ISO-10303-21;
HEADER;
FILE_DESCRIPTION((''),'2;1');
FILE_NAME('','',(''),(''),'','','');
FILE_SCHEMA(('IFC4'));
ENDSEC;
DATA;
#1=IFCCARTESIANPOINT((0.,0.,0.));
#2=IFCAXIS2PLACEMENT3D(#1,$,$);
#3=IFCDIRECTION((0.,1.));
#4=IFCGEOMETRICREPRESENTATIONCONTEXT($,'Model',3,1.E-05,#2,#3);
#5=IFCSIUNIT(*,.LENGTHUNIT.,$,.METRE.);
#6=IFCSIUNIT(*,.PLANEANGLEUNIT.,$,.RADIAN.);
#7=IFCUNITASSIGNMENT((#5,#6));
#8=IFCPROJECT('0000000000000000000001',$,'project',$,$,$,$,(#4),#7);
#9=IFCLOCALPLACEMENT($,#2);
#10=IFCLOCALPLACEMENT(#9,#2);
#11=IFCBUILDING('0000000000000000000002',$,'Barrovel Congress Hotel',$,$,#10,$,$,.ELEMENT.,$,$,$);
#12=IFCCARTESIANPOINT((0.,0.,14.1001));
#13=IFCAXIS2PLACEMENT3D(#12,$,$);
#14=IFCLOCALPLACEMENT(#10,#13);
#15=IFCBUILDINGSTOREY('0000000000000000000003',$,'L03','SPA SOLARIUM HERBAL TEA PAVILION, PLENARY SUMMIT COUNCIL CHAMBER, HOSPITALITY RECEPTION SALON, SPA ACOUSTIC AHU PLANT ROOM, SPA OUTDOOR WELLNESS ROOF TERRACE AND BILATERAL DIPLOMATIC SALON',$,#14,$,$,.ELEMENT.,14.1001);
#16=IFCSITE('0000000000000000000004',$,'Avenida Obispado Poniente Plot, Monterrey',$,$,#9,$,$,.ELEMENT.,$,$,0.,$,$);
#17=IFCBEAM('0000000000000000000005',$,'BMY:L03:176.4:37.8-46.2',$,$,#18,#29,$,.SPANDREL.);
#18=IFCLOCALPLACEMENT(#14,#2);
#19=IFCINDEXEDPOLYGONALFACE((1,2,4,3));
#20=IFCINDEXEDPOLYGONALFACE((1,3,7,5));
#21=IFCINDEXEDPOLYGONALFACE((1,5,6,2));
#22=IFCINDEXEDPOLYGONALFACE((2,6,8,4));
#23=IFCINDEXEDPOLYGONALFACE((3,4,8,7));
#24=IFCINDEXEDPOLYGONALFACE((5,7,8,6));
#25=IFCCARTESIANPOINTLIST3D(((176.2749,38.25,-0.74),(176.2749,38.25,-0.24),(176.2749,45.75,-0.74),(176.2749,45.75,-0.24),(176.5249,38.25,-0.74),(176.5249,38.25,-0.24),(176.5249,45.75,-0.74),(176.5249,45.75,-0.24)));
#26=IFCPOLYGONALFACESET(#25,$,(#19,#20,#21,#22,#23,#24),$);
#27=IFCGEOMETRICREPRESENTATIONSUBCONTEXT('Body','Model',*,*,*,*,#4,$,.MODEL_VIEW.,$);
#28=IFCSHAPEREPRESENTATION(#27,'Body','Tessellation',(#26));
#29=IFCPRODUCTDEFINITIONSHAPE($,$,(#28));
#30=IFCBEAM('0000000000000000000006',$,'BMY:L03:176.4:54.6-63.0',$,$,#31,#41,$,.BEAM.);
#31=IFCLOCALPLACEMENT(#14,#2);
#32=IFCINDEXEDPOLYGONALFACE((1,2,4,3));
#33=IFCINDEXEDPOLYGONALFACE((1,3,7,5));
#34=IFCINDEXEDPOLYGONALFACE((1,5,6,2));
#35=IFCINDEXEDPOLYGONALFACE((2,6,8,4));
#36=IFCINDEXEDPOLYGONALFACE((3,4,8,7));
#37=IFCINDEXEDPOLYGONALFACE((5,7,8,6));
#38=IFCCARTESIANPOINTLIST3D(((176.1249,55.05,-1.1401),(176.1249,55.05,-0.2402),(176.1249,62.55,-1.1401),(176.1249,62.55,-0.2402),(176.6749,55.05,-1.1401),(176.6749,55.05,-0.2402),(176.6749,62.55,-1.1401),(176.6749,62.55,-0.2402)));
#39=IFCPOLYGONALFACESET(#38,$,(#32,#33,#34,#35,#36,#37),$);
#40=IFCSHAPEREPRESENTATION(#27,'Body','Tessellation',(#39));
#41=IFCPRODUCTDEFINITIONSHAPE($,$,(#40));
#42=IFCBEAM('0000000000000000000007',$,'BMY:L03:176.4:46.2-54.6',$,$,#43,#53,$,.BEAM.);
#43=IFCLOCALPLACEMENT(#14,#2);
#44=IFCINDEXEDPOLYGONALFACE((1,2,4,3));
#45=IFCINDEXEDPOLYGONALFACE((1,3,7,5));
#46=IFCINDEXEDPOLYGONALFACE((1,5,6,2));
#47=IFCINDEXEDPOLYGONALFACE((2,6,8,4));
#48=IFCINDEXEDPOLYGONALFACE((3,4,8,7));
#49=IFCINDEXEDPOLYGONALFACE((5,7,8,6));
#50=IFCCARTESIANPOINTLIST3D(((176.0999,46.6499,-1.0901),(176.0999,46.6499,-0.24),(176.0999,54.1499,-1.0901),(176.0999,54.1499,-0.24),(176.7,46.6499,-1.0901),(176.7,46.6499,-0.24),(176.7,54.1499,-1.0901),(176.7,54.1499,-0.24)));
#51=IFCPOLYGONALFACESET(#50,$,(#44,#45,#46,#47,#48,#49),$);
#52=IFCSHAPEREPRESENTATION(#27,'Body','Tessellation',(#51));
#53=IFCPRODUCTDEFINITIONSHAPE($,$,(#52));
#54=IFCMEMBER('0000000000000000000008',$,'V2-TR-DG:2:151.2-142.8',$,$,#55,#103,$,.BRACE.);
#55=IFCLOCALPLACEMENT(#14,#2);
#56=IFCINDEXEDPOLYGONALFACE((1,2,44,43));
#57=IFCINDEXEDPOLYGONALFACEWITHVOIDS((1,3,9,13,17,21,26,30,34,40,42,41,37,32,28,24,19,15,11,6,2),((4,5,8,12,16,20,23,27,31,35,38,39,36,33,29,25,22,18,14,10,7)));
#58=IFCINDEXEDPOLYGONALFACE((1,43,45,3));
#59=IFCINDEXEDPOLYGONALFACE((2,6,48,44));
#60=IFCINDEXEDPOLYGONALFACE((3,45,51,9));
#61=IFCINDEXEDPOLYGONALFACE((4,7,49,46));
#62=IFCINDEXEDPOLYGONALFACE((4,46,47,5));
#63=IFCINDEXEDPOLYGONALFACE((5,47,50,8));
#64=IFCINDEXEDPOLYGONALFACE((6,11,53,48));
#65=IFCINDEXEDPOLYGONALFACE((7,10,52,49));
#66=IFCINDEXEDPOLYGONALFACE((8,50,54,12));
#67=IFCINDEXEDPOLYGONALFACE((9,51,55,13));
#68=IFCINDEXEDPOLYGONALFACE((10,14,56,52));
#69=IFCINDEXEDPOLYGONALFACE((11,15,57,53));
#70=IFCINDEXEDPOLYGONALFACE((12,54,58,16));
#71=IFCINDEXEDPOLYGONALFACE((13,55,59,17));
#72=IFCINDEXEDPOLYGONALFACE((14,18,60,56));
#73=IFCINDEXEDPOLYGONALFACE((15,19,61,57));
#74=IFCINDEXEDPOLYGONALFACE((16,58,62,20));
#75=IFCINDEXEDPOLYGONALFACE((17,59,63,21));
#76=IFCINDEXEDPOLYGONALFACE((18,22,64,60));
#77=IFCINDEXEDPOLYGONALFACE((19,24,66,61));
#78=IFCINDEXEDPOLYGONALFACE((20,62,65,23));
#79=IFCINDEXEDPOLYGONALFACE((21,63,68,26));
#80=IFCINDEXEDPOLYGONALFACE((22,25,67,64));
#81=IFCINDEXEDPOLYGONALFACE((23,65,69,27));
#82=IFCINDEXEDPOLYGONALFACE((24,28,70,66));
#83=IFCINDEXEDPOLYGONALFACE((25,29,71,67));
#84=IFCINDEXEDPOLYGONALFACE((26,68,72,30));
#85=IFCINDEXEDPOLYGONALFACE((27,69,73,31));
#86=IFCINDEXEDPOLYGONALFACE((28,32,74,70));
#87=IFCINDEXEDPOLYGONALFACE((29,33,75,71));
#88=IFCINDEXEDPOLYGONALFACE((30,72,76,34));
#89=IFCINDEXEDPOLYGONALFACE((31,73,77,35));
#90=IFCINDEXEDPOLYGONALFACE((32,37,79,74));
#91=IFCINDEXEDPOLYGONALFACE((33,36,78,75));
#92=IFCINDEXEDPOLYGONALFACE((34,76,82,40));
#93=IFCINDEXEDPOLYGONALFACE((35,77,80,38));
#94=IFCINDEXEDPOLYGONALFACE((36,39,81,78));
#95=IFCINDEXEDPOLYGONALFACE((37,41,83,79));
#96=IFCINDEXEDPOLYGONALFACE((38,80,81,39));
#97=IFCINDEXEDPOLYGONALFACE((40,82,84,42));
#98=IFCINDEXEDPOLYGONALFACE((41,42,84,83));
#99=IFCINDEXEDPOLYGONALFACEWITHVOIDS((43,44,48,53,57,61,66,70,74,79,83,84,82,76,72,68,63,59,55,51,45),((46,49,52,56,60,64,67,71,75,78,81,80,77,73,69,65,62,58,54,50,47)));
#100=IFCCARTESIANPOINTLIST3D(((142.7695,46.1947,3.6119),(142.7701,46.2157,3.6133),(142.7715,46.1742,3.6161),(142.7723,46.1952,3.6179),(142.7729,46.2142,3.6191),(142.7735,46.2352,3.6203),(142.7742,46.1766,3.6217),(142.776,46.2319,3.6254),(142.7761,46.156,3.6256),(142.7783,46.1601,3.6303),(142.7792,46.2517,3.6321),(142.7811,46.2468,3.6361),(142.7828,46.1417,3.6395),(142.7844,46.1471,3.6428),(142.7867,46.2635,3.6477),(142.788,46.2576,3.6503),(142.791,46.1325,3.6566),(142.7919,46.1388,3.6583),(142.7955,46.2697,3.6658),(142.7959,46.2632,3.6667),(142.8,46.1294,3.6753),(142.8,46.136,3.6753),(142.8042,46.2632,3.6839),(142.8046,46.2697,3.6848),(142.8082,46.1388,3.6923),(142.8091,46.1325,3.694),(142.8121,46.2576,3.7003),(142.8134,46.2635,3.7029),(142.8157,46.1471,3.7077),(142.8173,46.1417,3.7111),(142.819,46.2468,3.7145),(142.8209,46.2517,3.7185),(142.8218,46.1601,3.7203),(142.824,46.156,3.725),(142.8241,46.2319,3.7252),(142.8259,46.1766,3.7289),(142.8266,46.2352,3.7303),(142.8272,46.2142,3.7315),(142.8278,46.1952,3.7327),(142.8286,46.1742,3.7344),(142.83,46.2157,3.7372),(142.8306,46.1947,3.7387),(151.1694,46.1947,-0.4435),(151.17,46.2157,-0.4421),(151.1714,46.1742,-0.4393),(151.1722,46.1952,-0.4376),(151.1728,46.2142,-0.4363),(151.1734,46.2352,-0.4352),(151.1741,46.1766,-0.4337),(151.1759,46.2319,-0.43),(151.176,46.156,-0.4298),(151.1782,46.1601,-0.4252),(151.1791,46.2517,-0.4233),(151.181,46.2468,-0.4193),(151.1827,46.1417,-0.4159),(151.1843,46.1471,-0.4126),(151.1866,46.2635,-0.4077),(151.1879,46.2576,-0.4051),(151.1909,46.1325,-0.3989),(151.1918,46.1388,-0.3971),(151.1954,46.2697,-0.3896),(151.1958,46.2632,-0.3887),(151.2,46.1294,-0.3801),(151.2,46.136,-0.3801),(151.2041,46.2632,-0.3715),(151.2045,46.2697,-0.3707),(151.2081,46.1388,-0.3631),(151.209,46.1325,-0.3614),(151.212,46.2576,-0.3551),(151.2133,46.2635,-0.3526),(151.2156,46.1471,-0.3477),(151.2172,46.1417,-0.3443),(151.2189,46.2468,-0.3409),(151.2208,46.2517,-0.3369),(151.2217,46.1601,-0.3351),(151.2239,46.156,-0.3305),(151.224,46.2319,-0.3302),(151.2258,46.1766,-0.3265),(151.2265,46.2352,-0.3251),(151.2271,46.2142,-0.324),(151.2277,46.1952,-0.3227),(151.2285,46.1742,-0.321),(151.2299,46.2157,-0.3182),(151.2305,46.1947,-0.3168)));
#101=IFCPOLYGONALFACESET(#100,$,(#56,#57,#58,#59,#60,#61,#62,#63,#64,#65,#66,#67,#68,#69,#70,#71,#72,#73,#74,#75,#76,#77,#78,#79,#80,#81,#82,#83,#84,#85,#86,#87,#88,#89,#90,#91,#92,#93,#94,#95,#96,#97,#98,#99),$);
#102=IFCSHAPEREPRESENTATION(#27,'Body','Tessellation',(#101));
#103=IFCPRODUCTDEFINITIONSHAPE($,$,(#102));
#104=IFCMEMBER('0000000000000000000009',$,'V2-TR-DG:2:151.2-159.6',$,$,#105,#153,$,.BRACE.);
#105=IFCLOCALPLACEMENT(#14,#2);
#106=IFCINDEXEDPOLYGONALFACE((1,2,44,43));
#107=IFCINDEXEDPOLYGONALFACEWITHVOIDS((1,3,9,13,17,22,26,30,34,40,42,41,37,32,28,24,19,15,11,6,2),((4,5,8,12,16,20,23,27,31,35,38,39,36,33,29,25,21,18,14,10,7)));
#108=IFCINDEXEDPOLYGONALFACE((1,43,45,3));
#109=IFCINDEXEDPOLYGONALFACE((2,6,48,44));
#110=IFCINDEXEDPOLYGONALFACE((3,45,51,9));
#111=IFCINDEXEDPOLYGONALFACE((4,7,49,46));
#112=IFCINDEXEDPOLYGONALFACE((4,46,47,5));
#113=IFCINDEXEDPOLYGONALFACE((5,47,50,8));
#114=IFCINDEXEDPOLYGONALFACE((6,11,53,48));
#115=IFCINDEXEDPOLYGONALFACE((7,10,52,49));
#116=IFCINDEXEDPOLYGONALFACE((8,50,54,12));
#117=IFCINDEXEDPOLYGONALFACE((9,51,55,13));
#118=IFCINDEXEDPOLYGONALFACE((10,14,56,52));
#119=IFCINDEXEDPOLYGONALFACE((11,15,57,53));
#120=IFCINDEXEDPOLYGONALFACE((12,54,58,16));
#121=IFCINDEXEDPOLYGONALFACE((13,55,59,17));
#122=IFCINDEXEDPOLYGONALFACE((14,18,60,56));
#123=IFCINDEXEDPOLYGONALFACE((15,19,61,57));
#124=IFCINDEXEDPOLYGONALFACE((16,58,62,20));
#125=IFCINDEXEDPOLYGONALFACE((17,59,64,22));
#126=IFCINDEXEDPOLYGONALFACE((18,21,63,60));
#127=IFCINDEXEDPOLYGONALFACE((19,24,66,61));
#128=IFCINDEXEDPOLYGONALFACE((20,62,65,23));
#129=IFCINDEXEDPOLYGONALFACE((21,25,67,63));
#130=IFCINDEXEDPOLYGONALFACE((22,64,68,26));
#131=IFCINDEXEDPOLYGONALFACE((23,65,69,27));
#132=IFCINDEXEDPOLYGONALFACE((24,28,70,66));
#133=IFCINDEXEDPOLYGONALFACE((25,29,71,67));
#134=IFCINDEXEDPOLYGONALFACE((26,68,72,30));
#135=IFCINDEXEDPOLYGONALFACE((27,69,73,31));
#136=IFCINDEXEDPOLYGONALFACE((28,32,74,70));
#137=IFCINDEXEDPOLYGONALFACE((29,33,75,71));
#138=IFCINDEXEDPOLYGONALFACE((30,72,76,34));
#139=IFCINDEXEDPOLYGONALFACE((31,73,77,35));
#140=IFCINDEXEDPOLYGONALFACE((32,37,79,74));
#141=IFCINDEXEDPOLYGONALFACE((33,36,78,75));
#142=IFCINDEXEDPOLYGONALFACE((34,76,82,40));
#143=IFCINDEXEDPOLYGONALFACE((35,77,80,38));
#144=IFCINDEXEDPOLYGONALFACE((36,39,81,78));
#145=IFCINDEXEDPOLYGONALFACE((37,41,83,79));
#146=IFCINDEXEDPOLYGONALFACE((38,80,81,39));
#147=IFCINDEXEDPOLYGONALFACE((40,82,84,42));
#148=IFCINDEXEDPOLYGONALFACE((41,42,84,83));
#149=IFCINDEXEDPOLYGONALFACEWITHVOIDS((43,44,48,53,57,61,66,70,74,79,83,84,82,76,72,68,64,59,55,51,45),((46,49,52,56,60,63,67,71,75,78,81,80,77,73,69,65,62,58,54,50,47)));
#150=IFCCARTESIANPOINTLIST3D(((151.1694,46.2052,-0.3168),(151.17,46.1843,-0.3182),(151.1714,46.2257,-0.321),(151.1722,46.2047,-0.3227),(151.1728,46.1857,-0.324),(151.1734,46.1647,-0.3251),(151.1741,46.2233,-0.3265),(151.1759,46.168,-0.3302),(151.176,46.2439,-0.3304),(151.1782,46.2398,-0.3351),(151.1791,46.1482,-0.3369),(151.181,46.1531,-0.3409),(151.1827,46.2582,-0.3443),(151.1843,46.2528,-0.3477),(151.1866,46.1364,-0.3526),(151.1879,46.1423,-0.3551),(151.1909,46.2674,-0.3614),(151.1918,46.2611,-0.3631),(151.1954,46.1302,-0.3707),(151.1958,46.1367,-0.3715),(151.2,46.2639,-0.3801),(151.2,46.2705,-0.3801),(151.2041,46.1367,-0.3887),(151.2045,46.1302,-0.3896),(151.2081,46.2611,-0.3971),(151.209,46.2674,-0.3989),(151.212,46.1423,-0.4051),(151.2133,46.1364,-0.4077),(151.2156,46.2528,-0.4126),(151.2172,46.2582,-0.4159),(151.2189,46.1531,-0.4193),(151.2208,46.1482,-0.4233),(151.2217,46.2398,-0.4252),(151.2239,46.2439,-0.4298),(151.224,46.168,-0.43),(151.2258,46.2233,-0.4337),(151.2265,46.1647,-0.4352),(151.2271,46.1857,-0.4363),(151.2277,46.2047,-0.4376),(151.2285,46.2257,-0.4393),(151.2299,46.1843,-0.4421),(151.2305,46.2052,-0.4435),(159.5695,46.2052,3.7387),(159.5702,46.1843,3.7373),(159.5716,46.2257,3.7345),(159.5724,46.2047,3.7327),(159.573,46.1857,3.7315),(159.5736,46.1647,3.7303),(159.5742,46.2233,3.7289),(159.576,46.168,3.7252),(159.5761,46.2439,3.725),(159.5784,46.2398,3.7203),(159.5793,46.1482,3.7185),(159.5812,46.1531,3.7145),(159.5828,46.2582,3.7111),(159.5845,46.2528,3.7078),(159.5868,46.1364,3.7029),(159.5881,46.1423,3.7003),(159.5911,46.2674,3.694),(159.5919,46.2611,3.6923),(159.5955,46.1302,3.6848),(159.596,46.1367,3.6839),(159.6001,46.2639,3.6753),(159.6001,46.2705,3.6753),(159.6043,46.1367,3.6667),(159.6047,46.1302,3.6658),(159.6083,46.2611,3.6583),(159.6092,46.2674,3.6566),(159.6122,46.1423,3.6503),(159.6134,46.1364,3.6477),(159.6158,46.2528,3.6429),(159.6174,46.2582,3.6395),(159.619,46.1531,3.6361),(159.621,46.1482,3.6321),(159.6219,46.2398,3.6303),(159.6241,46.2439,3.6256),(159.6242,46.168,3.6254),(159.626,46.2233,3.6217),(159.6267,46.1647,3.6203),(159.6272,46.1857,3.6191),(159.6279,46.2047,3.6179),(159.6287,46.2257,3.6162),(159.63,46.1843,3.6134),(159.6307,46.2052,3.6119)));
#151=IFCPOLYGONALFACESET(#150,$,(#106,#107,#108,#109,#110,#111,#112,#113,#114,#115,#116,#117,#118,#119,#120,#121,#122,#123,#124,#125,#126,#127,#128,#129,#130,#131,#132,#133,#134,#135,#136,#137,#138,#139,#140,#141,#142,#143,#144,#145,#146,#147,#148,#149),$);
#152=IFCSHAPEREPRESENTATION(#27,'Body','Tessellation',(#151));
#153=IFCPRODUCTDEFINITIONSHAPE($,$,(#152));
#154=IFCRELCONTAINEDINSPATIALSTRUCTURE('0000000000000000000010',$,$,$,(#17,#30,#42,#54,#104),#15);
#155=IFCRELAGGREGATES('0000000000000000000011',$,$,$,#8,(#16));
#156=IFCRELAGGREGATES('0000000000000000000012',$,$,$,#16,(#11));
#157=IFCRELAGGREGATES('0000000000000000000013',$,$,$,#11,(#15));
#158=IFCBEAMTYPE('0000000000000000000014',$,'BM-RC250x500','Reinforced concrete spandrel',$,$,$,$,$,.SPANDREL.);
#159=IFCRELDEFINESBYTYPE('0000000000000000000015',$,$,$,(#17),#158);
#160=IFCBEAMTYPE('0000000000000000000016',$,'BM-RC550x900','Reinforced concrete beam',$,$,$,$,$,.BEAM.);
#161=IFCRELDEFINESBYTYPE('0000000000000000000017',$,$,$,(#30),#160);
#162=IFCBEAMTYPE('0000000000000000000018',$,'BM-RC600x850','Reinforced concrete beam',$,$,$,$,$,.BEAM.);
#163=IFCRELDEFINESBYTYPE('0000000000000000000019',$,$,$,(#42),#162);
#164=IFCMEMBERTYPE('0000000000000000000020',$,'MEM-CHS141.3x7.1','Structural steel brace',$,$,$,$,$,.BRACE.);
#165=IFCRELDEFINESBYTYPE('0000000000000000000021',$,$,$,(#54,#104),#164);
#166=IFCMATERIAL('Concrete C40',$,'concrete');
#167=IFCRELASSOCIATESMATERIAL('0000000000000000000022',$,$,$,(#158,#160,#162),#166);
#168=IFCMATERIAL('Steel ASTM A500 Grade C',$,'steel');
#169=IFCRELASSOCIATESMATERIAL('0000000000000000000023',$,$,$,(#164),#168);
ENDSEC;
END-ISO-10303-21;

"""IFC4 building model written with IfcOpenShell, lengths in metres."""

from ifc_helpers import new_model, si_unit, direction, frame, origin, origin_2d, place, context, subcontext, project, spatial, rectangle, hollow_circle, extrude, material, material_profile, profile_set, type_object, element, save


model = new_model("IFC4")

# Units and contexts
model_context = context("Model", 3, precision=1e-05, world=origin(), true_north=direction((0.0, 1.0)))
body_context = subcontext(model_context, "Body", "Model", "MODEL_VIEW")
ifc_project = project(units=[si_unit("LENGTHUNIT", "METRE"), si_unit("PLANEANGLEUNIT", "RADIAN")], contexts=[model_context])

# Site, building, storey
site_placement = place(None, origin())
site = spatial("IfcSite", under=ifc_project, at=site_placement, Name="Avenida Obispado Poniente Plot, Monterrey", CompositionType="ELEMENT", RefElevation=0.0)
building_placement = place(site_placement, origin())
building = spatial("IfcBuilding", under=site, at=building_placement, Name="Barrovel Congress Hotel", CompositionType="ELEMENT")
storey_placement = place(building_placement, frame((0.0, 0.0, 14.1001)))
storey = spatial("IfcBuildingStorey", under=building, at=storey_placement, Name="L03", Description="SPA SOLARIUM HERBAL TEA PAVILION, PLENARY SUMMIT COUNCIL CHAMBER, HOSPITALITY RECEPTION SALON, SPA ACOUSTIC AHU PLANT ROOM, SPA OUTDOOR WELLNESS ROOF TERRACE AND BILATERAL DIPLOMATIC SALON", CompositionType="ELEMENT", Elevation=14.1001)

# Beams
ifc_material_1 = material(Name="Concrete C40", Category="concrete")
ifc_material_profile_1 = material_profile(ifc_material_1, rectangle(XDim=0.25, YDim=0.5, at=origin_2d()), Name="RC250x500")
ifc_profile_set_1 = profile_set([ifc_material_profile_1], Name="Concrete C40")
beam_type_1 = type_object("IfcBeamType", Name="BM-RC250x500", Description="Reinforced concrete spandrel", PredefinedType="SPANDREL", material=ifc_profile_set_1)
beam_1_placement = place(storey_placement, frame((176.3999, 38.25, -0.49), z_axis=(0.0, 1.0, 0.0), x_axis=(-1.0, 0.0, 0.0)))
element("IfcBeam", 1, at=beam_1_placement, inside=storey, type_object=beam_type_1, Name="BMY:L03:176.4:37.8-46.2", PredefinedType="SPANDREL", context=body_context, shape_type="SweptSolid", body=[
    extrude(rectangle(XDim=0.25, YDim=0.5, at=origin_2d()), origin(), (0.0, 0.0, 1.0), 7.5),
])
ifc_material_profile_2 = material_profile(ifc_material_1, rectangle(XDim=0.55, YDim=0.8999, at=origin_2d()), Name="RC550x900")
ifc_profile_set_2 = profile_set([ifc_material_profile_2], Name="Concrete C40")
beam_type_2 = type_object("IfcBeamType", Name="BM-RC550x900", Description="Reinforced concrete beam", PredefinedType="BEAM", material=ifc_profile_set_2)
beam_2_placement = place(storey_placement, frame((176.3999, 55.05, -0.6902), z_axis=(0.0, 1.0, 0.0), x_axis=(-1.0, 0.0, 0.0)))
element("IfcBeam", 2, at=beam_2_placement, inside=storey, type_object=beam_type_2, Name="BMY:L03:176.4:54.6-63.0", PredefinedType="BEAM", context=body_context, shape_type="SweptSolid", body=[
    extrude(rectangle(XDim=0.55, YDim=0.8999, at=origin_2d()), origin(), (0.0, 0.0, 1.0), 7.5),
])
ifc_material_profile_3 = material_profile(ifc_material_1, rectangle(XDim=0.6001, YDim=0.8501, at=origin_2d()), Name="RC600x850")
ifc_profile_set_3 = profile_set([ifc_material_profile_3], Name="Concrete C40")
beam_type_3 = type_object("IfcBeamType", Name="BM-RC600x850", Description="Reinforced concrete beam", PredefinedType="BEAM", material=ifc_profile_set_3)
beam_3_placement = place(storey_placement, frame((176.3999, 46.6499, -0.665), z_axis=(0.0, 1.0, 0.0), x_axis=(-1.0, 0.0, 0.0)))
element("IfcBeam", 3, at=beam_3_placement, inside=storey, type_object=beam_type_3, Name="BMY:L03:176.4:46.2-54.6", PredefinedType="BEAM", context=body_context, shape_type="SweptSolid", body=[
    extrude(rectangle(XDim=0.6001, YDim=0.8501, at=origin_2d()), origin(), (0.0, 0.0, 1.0), 7.5),
])

# Members
ifc_material_2 = material(Name="Steel ASTM A500 Grade C", Category="steel")
ifc_material_profile_4 = material_profile(ifc_material_2, hollow_circle(Radius=0.0706, WallThickness=0.0066, at=origin_2d()), Name="CHS141.3x7.1")
ifc_profile_set_4 = profile_set([ifc_material_profile_4], Name="Steel ASTM A500 Grade C")
member_type_1 = type_object("IfcMemberType", Name="MEM-CHS141.3x7.1", Description="Structural steel brace", PredefinedType="BRACE", material=ifc_profile_set_4)
member_1_placement = place(storey_placement, frame((151.2, 46.2, -0.3801), z_axis=(-0.900539, 0.0, 0.434775), x_axis=(0.0, -1.0, 0.0)))
element("IfcMember", 4, at=member_1_placement, inside=storey, type_object=member_type_1, Name="V2-TR-DG:2:151.2-142.8", PredefinedType="BRACE", context=body_context, shape_type="SweptSolid", body=[
    extrude(hollow_circle(Radius=0.0706, WallThickness=0.0066, at=origin_2d()), origin(), (0.0, 0.0, 1.0), 9.3276),
])
member_2_placement = place(storey_placement, frame((151.2, 46.2, -0.3801), z_axis=(0.900544, 0.0, 0.434764), x_axis=(0.0, 1.0, 0.0)))
element("IfcMember", 5, at=member_2_placement, inside=storey, type_object=member_type_1, Name="V2-TR-DG:2:151.2-159.6", PredefinedType="BRACE", context=body_context, shape_type="SweptSolid", body=[
    extrude(hollow_circle(Radius=0.0706, WallThickness=0.0066, at=origin_2d()), origin(), (0.0, 0.0, 1.0), 9.3279),
])

save(model, "model.ifc")
